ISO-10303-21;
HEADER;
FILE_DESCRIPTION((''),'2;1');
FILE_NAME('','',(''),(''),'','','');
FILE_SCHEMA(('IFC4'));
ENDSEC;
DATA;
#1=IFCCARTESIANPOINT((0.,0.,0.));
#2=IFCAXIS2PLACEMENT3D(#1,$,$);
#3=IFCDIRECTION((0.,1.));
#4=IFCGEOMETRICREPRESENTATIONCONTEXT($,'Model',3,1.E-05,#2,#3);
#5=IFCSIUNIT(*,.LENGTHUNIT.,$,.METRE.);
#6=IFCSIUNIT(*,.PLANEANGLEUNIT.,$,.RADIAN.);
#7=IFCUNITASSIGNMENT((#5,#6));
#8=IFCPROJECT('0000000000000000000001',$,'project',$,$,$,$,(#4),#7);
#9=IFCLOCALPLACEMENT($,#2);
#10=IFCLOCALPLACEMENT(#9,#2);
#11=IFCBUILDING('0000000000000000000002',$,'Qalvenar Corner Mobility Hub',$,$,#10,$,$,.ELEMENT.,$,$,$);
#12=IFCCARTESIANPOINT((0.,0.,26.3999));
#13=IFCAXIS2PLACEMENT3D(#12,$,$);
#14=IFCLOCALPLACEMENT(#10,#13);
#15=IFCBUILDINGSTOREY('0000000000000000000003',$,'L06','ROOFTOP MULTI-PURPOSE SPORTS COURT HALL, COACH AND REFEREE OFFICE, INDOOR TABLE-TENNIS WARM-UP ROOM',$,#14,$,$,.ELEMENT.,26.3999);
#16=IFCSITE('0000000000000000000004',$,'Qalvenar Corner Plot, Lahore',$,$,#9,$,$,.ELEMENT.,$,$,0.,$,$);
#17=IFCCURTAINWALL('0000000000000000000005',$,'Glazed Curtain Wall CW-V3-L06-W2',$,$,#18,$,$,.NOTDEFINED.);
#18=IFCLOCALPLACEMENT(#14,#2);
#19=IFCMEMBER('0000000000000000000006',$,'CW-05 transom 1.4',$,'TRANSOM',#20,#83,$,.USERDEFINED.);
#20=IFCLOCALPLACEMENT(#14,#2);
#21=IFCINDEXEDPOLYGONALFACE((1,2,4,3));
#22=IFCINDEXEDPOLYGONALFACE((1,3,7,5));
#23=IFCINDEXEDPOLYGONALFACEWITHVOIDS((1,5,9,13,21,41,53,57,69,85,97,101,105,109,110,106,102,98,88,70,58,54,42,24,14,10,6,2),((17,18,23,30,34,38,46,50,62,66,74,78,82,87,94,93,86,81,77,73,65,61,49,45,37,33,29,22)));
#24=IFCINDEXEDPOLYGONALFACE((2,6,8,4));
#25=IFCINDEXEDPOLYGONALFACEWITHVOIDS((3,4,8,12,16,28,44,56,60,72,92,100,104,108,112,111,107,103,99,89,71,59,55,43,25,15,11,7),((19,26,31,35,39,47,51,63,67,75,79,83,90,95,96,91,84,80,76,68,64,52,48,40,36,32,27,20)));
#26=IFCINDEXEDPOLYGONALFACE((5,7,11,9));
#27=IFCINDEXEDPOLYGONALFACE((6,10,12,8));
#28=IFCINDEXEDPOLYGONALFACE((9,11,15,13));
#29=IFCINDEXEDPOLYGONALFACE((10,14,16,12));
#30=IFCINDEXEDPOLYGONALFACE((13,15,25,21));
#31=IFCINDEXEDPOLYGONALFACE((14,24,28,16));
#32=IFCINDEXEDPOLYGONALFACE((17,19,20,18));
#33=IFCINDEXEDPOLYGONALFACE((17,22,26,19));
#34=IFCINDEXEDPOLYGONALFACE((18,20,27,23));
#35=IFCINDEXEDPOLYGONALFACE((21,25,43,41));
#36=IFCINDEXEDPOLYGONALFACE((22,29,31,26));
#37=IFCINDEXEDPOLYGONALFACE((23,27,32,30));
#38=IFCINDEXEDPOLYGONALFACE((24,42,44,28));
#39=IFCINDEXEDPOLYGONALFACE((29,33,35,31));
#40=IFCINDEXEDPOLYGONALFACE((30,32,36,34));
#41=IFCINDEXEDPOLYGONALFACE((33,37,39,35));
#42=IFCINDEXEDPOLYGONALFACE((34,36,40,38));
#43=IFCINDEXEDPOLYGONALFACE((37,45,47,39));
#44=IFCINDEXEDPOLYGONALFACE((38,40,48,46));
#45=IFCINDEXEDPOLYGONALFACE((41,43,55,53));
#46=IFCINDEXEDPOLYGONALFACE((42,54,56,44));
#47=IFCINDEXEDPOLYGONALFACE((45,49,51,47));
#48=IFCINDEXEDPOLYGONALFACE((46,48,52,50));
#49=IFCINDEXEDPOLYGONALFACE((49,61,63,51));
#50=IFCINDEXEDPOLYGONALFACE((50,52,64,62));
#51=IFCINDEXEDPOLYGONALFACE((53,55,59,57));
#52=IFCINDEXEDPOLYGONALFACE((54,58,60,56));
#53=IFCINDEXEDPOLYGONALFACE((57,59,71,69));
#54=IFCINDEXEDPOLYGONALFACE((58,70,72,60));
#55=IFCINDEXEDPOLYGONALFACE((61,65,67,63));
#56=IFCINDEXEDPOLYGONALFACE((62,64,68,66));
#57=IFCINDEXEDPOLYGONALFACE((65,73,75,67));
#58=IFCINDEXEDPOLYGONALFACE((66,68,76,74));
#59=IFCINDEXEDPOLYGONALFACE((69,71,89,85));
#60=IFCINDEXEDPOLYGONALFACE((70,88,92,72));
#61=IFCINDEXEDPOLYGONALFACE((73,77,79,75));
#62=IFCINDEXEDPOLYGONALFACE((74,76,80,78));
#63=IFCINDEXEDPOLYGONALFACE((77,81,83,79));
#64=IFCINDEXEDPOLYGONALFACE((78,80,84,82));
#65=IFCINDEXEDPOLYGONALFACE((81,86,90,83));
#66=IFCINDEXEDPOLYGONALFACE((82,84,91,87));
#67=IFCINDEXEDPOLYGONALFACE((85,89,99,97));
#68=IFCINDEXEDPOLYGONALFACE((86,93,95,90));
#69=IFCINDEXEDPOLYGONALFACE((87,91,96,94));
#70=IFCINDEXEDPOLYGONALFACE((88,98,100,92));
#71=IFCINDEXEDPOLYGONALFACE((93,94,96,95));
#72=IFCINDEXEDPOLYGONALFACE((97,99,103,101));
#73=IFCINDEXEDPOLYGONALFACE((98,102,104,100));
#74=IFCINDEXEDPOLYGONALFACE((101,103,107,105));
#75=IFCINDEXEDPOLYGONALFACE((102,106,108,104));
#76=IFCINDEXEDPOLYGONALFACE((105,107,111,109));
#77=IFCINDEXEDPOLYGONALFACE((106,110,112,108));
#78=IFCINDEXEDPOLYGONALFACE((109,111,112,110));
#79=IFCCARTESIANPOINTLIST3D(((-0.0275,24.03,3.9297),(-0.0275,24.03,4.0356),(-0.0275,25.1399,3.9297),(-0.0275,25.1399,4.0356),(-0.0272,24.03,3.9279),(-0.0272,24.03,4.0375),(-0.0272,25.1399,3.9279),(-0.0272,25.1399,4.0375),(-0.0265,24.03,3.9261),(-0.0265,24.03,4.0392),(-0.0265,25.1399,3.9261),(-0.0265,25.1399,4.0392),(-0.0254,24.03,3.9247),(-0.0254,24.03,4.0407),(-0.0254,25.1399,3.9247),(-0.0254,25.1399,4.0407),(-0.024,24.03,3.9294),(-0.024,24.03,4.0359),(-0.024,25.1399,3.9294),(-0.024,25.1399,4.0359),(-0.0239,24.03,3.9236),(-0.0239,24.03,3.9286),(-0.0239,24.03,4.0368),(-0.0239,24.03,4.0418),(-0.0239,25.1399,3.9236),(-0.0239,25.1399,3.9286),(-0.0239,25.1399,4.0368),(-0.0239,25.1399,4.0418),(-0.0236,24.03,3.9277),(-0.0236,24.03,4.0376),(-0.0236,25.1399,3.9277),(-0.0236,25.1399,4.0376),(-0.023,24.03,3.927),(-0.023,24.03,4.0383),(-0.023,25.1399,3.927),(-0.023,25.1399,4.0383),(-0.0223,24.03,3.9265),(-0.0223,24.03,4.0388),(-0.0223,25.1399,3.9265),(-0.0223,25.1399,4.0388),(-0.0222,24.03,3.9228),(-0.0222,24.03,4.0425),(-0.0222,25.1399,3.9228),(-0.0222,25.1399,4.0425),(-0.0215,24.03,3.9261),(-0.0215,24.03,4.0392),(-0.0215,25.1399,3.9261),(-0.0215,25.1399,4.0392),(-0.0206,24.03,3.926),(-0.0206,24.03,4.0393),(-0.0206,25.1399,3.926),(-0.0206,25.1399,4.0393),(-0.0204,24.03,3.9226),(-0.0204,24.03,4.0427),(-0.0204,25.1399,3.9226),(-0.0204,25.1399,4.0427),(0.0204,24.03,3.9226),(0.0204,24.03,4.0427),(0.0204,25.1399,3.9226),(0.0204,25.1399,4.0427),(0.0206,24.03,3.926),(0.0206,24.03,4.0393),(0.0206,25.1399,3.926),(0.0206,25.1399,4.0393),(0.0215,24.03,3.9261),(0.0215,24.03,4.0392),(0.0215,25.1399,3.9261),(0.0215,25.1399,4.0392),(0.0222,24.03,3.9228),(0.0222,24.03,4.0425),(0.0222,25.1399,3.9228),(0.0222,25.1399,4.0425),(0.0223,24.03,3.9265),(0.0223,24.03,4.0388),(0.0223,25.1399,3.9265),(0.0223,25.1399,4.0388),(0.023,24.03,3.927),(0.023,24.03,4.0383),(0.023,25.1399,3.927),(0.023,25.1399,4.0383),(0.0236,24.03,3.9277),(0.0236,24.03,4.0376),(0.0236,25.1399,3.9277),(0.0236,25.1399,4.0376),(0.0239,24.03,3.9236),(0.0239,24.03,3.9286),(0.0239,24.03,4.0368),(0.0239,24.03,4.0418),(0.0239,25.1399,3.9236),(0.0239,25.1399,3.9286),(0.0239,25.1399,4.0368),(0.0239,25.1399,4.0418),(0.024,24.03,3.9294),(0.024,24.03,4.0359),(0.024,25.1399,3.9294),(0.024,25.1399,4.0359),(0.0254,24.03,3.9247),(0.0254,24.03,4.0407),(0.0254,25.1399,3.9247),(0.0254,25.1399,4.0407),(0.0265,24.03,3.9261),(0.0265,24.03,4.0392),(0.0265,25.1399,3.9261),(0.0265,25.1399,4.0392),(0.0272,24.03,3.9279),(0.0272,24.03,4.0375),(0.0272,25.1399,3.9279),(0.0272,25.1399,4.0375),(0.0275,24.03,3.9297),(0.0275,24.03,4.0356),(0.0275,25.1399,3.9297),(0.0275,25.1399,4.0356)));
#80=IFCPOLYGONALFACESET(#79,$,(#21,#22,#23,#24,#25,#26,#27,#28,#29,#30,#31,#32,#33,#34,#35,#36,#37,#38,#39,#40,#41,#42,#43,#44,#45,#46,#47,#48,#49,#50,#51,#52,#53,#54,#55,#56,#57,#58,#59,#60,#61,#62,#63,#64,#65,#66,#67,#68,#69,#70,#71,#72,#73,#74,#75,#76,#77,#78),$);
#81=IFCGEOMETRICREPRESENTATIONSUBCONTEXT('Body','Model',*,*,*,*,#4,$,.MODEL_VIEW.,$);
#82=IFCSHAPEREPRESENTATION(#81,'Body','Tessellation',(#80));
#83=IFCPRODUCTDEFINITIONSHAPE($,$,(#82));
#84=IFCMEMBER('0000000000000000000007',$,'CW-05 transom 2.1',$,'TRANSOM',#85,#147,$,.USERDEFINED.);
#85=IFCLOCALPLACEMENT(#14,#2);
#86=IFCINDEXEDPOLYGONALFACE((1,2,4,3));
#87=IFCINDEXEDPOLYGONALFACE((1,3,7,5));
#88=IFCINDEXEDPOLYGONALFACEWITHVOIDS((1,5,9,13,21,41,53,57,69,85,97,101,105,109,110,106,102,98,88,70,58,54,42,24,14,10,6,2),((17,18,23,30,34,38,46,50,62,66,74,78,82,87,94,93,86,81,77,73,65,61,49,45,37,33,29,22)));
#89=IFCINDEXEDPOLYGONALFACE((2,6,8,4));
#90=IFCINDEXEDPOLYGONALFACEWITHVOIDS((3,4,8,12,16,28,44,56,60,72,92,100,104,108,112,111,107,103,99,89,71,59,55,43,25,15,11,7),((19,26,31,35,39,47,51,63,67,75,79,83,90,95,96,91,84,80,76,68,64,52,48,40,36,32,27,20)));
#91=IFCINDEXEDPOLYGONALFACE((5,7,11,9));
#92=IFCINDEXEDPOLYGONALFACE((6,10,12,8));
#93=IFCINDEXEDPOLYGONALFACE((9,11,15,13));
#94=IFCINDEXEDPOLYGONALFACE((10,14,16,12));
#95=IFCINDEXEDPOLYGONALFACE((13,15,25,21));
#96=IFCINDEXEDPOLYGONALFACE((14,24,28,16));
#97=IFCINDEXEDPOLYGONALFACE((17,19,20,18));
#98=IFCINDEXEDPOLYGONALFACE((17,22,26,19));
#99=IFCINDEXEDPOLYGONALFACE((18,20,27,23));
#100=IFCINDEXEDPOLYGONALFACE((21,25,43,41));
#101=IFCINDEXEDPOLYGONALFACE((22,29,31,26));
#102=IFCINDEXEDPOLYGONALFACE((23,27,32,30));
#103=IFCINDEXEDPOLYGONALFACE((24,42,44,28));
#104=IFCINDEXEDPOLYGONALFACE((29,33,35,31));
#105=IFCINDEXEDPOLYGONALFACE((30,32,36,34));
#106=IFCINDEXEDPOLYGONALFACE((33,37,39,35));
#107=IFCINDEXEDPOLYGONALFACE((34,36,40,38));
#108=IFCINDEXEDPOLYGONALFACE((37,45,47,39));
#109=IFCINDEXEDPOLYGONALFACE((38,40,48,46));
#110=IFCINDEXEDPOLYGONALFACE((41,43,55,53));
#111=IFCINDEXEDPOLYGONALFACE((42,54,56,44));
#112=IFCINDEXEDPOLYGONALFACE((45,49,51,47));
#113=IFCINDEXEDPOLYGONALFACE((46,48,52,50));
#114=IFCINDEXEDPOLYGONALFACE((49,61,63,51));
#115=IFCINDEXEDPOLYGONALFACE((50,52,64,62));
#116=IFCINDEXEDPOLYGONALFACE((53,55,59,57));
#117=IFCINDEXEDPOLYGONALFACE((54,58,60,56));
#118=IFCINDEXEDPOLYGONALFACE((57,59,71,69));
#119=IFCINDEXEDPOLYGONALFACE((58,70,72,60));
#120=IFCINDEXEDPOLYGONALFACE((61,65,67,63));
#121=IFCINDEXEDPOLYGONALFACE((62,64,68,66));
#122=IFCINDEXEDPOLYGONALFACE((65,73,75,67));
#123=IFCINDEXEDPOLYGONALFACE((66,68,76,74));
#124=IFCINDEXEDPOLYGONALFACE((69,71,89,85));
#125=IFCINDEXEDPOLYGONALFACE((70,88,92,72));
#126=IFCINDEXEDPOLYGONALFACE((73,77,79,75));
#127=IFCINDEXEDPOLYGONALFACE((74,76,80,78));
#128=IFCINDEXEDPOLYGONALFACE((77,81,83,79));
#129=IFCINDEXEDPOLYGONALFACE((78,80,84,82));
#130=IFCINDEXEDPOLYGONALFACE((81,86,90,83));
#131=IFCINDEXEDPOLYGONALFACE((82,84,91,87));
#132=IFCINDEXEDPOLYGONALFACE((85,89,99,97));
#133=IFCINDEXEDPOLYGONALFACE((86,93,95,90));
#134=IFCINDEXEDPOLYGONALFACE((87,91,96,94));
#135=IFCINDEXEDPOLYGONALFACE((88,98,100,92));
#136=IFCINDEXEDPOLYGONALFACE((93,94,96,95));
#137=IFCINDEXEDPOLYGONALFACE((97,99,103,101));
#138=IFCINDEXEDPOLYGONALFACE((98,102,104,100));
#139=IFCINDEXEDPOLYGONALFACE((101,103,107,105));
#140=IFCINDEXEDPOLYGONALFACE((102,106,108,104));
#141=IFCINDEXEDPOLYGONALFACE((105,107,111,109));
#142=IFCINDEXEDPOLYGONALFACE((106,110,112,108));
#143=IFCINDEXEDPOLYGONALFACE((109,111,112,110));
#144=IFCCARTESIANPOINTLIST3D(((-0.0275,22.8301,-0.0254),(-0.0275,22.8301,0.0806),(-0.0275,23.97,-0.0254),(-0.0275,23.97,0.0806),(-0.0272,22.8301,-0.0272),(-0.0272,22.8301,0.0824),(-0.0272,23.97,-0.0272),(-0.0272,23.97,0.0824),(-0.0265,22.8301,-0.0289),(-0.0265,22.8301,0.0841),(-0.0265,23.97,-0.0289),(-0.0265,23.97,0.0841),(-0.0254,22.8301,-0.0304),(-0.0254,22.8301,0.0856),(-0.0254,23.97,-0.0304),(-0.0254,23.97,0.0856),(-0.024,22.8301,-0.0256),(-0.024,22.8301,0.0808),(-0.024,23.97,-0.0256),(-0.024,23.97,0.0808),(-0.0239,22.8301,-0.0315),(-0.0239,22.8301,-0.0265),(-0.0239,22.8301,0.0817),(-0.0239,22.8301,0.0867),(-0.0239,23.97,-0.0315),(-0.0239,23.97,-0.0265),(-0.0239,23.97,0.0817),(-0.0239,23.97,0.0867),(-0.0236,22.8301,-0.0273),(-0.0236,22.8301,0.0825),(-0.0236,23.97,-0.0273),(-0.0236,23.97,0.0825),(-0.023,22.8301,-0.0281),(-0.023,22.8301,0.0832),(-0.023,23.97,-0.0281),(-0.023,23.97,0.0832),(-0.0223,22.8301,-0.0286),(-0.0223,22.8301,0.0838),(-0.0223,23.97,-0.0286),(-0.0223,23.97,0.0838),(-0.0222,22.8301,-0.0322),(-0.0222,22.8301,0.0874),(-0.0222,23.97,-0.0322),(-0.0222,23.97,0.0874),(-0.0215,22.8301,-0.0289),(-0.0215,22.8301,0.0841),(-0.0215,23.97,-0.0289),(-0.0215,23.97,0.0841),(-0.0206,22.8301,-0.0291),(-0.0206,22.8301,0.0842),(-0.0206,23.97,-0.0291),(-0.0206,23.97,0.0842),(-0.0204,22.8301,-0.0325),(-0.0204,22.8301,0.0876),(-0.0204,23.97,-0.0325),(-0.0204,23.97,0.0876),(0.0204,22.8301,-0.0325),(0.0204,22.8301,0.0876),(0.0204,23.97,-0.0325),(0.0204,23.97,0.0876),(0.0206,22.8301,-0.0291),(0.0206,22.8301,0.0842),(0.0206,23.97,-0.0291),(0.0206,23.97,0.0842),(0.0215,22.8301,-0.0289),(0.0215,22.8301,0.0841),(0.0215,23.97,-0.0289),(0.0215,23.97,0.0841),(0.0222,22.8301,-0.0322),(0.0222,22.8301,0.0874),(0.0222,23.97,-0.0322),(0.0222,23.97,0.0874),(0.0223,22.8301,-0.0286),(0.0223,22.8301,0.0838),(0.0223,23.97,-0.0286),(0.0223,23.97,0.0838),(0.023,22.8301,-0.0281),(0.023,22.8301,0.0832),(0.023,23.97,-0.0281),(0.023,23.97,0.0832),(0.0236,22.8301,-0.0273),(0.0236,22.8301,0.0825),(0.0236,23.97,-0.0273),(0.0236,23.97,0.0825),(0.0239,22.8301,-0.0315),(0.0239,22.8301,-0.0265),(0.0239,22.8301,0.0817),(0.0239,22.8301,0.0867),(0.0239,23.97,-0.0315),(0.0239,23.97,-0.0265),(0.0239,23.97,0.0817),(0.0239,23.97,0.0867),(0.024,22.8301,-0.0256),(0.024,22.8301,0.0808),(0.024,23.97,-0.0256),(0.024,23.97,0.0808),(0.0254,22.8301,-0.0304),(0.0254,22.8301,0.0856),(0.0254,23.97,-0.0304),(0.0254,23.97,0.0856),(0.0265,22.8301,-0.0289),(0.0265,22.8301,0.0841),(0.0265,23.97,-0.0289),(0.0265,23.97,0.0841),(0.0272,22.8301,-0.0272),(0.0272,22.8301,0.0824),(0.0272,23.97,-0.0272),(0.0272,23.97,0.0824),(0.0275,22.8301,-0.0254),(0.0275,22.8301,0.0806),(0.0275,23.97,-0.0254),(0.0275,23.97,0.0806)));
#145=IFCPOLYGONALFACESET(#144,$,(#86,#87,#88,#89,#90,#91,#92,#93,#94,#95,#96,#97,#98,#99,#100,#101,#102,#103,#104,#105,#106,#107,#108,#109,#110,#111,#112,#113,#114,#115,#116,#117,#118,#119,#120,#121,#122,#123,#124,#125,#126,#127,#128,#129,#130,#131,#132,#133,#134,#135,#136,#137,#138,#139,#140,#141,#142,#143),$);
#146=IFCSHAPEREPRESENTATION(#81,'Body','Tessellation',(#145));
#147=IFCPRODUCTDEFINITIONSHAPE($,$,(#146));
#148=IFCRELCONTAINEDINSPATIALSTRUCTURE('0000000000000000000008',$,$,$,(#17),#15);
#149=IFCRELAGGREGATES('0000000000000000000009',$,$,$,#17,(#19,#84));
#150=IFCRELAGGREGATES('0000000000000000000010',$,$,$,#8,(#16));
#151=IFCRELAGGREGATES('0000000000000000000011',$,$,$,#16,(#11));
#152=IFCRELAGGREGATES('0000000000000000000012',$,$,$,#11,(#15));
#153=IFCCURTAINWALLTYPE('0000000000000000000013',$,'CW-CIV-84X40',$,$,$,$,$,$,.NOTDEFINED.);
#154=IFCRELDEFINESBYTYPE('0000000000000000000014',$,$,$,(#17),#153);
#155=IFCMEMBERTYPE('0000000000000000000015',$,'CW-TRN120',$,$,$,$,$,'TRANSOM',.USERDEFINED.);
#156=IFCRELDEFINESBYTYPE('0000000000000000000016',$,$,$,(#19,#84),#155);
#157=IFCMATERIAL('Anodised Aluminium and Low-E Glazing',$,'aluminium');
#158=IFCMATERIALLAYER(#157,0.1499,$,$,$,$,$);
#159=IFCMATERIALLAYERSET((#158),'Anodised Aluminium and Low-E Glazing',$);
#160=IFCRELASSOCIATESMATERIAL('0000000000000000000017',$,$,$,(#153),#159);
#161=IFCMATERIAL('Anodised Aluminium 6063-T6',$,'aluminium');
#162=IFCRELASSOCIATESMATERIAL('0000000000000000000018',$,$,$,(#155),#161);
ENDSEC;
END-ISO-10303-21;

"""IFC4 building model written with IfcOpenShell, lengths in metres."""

from ifc_helpers import new_model, si_unit, direction, frame, origin, origin_2d, place, context, subcontext, project, spatial, hollow_rectangle, extrude, material, layer, layer_set, material_profile, profile_set, type_object, element, aggregate, save


model = new_model("IFC4")

# Units and contexts
model_context = context("Model", 3, precision=1e-05, world=origin(), true_north=direction((0.0, 1.0)))
body_context = subcontext(model_context, "Body", "Model", "MODEL_VIEW")
ifc_project = project(units=[si_unit("LENGTHUNIT", "METRE"), si_unit("PLANEANGLEUNIT", "RADIAN")], contexts=[model_context])

# Site, building, storey
site_placement = place(None, origin())
site = spatial("IfcSite", under=ifc_project, at=site_placement, Name="Qalvenar Corner Plot, Lahore", CompositionType="ELEMENT", RefElevation=0.0)
building_placement = place(site_placement, origin())
building = spatial("IfcBuilding", under=site, at=building_placement, Name="Qalvenar Corner Mobility Hub", CompositionType="ELEMENT")
storey_placement = place(building_placement, frame((0.0, 0.0, 26.3999)))
storey = spatial("IfcBuildingStorey", under=building, at=storey_placement, Name="L06", Description="ROOFTOP MULTI-PURPOSE SPORTS COURT HALL, COACH AND REFEREE OFFICE, INDOOR TABLE-TENNIS WARM-UP ROOM", CompositionType="ELEMENT", Elevation=26.3999)

# Curtain wall, members
ifc_material_1 = material(Name="Anodised Aluminium and Low-E Glazing", Category="aluminium")
ifc_layer_1 = layer(ifc_material_1, 0.1499)
ifc_layer_set_1 = layer_set([ifc_layer_1], Name="Anodised Aluminium and Low-E Glazing")
curtain_wall_type = type_object("IfcCurtainWallType", Name="CW-CIV-84X40", PredefinedType="NOTDEFINED", material=ifc_layer_set_1)
curtain_wall_placement = place(storey_placement, origin())
curtain_wall = element("IfcCurtainWall", 1, at=curtain_wall_placement, inside=storey, type_object=curtain_wall_type, Name="Glazed Curtain Wall CW-V3-L06-W2", PredefinedType="NOTDEFINED")
ifc_material_2 = material(Name="Anodised Aluminium 6063-T6", Category="aluminium")
ifc_material_profile_1 = material_profile(ifc_material_2, hollow_rectangle(XDim=0.0549, YDim=0.1201, WallThickness=0.0034, InnerFilletRadius=0.0034, OuterFilletRadius=0.0071, at=origin_2d()), Name="RHS120x55x3.5")
ifc_profile_set_1 = profile_set([ifc_material_profile_1], Name="Anodised Aluminium 6063-T6")
member_type_1 = type_object("IfcMemberType", Name="CW-TRN120", ElementType="TRANSOM", PredefinedType="USERDEFINED", material=ifc_profile_set_1)
member_1_placement = place(storey_placement, frame((0.0, 25.1399, 3.9827), z_axis=(0.0, -1.0, 0.0), x_axis=(1.0, 0.0, 0.0)))
member_1 = element("IfcMember", 2, at=member_1_placement, type_object=member_type_1, Name="CW-05 transom 1.4", ObjectType="TRANSOM", PredefinedType="USERDEFINED", context=body_context, shape_type="SweptSolid", body=[
    extrude(hollow_rectangle(XDim=0.0549, YDim=0.1201, WallThickness=0.0034, InnerFilletRadius=0.0034, OuterFilletRadius=0.0071, at=origin_2d()), origin(), (0.0, 0.0, 1.0), 1.1099),
])
member_2_placement = place(storey_placement, frame((0.0, 23.97, 0.0276), z_axis=(0.0, -1.0, 0.0), x_axis=(1.0, 0.0, 0.0)))
member_2 = element("IfcMember", 3, at=member_2_placement, type_object=member_type_1, Name="CW-05 transom 2.1", ObjectType="TRANSOM", PredefinedType="USERDEFINED", context=body_context, shape_type="SweptSolid", body=[
    extrude(hollow_rectangle(XDim=0.0549, YDim=0.1201, WallThickness=0.0034, InnerFilletRadius=0.0034, OuterFilletRadius=0.0071, at=origin_2d()), origin(), (0.0, 0.0, 1.0), 1.1399),
])

aggregate(curtain_wall, [member_1, member_2])

save(model, "model.ifc")
